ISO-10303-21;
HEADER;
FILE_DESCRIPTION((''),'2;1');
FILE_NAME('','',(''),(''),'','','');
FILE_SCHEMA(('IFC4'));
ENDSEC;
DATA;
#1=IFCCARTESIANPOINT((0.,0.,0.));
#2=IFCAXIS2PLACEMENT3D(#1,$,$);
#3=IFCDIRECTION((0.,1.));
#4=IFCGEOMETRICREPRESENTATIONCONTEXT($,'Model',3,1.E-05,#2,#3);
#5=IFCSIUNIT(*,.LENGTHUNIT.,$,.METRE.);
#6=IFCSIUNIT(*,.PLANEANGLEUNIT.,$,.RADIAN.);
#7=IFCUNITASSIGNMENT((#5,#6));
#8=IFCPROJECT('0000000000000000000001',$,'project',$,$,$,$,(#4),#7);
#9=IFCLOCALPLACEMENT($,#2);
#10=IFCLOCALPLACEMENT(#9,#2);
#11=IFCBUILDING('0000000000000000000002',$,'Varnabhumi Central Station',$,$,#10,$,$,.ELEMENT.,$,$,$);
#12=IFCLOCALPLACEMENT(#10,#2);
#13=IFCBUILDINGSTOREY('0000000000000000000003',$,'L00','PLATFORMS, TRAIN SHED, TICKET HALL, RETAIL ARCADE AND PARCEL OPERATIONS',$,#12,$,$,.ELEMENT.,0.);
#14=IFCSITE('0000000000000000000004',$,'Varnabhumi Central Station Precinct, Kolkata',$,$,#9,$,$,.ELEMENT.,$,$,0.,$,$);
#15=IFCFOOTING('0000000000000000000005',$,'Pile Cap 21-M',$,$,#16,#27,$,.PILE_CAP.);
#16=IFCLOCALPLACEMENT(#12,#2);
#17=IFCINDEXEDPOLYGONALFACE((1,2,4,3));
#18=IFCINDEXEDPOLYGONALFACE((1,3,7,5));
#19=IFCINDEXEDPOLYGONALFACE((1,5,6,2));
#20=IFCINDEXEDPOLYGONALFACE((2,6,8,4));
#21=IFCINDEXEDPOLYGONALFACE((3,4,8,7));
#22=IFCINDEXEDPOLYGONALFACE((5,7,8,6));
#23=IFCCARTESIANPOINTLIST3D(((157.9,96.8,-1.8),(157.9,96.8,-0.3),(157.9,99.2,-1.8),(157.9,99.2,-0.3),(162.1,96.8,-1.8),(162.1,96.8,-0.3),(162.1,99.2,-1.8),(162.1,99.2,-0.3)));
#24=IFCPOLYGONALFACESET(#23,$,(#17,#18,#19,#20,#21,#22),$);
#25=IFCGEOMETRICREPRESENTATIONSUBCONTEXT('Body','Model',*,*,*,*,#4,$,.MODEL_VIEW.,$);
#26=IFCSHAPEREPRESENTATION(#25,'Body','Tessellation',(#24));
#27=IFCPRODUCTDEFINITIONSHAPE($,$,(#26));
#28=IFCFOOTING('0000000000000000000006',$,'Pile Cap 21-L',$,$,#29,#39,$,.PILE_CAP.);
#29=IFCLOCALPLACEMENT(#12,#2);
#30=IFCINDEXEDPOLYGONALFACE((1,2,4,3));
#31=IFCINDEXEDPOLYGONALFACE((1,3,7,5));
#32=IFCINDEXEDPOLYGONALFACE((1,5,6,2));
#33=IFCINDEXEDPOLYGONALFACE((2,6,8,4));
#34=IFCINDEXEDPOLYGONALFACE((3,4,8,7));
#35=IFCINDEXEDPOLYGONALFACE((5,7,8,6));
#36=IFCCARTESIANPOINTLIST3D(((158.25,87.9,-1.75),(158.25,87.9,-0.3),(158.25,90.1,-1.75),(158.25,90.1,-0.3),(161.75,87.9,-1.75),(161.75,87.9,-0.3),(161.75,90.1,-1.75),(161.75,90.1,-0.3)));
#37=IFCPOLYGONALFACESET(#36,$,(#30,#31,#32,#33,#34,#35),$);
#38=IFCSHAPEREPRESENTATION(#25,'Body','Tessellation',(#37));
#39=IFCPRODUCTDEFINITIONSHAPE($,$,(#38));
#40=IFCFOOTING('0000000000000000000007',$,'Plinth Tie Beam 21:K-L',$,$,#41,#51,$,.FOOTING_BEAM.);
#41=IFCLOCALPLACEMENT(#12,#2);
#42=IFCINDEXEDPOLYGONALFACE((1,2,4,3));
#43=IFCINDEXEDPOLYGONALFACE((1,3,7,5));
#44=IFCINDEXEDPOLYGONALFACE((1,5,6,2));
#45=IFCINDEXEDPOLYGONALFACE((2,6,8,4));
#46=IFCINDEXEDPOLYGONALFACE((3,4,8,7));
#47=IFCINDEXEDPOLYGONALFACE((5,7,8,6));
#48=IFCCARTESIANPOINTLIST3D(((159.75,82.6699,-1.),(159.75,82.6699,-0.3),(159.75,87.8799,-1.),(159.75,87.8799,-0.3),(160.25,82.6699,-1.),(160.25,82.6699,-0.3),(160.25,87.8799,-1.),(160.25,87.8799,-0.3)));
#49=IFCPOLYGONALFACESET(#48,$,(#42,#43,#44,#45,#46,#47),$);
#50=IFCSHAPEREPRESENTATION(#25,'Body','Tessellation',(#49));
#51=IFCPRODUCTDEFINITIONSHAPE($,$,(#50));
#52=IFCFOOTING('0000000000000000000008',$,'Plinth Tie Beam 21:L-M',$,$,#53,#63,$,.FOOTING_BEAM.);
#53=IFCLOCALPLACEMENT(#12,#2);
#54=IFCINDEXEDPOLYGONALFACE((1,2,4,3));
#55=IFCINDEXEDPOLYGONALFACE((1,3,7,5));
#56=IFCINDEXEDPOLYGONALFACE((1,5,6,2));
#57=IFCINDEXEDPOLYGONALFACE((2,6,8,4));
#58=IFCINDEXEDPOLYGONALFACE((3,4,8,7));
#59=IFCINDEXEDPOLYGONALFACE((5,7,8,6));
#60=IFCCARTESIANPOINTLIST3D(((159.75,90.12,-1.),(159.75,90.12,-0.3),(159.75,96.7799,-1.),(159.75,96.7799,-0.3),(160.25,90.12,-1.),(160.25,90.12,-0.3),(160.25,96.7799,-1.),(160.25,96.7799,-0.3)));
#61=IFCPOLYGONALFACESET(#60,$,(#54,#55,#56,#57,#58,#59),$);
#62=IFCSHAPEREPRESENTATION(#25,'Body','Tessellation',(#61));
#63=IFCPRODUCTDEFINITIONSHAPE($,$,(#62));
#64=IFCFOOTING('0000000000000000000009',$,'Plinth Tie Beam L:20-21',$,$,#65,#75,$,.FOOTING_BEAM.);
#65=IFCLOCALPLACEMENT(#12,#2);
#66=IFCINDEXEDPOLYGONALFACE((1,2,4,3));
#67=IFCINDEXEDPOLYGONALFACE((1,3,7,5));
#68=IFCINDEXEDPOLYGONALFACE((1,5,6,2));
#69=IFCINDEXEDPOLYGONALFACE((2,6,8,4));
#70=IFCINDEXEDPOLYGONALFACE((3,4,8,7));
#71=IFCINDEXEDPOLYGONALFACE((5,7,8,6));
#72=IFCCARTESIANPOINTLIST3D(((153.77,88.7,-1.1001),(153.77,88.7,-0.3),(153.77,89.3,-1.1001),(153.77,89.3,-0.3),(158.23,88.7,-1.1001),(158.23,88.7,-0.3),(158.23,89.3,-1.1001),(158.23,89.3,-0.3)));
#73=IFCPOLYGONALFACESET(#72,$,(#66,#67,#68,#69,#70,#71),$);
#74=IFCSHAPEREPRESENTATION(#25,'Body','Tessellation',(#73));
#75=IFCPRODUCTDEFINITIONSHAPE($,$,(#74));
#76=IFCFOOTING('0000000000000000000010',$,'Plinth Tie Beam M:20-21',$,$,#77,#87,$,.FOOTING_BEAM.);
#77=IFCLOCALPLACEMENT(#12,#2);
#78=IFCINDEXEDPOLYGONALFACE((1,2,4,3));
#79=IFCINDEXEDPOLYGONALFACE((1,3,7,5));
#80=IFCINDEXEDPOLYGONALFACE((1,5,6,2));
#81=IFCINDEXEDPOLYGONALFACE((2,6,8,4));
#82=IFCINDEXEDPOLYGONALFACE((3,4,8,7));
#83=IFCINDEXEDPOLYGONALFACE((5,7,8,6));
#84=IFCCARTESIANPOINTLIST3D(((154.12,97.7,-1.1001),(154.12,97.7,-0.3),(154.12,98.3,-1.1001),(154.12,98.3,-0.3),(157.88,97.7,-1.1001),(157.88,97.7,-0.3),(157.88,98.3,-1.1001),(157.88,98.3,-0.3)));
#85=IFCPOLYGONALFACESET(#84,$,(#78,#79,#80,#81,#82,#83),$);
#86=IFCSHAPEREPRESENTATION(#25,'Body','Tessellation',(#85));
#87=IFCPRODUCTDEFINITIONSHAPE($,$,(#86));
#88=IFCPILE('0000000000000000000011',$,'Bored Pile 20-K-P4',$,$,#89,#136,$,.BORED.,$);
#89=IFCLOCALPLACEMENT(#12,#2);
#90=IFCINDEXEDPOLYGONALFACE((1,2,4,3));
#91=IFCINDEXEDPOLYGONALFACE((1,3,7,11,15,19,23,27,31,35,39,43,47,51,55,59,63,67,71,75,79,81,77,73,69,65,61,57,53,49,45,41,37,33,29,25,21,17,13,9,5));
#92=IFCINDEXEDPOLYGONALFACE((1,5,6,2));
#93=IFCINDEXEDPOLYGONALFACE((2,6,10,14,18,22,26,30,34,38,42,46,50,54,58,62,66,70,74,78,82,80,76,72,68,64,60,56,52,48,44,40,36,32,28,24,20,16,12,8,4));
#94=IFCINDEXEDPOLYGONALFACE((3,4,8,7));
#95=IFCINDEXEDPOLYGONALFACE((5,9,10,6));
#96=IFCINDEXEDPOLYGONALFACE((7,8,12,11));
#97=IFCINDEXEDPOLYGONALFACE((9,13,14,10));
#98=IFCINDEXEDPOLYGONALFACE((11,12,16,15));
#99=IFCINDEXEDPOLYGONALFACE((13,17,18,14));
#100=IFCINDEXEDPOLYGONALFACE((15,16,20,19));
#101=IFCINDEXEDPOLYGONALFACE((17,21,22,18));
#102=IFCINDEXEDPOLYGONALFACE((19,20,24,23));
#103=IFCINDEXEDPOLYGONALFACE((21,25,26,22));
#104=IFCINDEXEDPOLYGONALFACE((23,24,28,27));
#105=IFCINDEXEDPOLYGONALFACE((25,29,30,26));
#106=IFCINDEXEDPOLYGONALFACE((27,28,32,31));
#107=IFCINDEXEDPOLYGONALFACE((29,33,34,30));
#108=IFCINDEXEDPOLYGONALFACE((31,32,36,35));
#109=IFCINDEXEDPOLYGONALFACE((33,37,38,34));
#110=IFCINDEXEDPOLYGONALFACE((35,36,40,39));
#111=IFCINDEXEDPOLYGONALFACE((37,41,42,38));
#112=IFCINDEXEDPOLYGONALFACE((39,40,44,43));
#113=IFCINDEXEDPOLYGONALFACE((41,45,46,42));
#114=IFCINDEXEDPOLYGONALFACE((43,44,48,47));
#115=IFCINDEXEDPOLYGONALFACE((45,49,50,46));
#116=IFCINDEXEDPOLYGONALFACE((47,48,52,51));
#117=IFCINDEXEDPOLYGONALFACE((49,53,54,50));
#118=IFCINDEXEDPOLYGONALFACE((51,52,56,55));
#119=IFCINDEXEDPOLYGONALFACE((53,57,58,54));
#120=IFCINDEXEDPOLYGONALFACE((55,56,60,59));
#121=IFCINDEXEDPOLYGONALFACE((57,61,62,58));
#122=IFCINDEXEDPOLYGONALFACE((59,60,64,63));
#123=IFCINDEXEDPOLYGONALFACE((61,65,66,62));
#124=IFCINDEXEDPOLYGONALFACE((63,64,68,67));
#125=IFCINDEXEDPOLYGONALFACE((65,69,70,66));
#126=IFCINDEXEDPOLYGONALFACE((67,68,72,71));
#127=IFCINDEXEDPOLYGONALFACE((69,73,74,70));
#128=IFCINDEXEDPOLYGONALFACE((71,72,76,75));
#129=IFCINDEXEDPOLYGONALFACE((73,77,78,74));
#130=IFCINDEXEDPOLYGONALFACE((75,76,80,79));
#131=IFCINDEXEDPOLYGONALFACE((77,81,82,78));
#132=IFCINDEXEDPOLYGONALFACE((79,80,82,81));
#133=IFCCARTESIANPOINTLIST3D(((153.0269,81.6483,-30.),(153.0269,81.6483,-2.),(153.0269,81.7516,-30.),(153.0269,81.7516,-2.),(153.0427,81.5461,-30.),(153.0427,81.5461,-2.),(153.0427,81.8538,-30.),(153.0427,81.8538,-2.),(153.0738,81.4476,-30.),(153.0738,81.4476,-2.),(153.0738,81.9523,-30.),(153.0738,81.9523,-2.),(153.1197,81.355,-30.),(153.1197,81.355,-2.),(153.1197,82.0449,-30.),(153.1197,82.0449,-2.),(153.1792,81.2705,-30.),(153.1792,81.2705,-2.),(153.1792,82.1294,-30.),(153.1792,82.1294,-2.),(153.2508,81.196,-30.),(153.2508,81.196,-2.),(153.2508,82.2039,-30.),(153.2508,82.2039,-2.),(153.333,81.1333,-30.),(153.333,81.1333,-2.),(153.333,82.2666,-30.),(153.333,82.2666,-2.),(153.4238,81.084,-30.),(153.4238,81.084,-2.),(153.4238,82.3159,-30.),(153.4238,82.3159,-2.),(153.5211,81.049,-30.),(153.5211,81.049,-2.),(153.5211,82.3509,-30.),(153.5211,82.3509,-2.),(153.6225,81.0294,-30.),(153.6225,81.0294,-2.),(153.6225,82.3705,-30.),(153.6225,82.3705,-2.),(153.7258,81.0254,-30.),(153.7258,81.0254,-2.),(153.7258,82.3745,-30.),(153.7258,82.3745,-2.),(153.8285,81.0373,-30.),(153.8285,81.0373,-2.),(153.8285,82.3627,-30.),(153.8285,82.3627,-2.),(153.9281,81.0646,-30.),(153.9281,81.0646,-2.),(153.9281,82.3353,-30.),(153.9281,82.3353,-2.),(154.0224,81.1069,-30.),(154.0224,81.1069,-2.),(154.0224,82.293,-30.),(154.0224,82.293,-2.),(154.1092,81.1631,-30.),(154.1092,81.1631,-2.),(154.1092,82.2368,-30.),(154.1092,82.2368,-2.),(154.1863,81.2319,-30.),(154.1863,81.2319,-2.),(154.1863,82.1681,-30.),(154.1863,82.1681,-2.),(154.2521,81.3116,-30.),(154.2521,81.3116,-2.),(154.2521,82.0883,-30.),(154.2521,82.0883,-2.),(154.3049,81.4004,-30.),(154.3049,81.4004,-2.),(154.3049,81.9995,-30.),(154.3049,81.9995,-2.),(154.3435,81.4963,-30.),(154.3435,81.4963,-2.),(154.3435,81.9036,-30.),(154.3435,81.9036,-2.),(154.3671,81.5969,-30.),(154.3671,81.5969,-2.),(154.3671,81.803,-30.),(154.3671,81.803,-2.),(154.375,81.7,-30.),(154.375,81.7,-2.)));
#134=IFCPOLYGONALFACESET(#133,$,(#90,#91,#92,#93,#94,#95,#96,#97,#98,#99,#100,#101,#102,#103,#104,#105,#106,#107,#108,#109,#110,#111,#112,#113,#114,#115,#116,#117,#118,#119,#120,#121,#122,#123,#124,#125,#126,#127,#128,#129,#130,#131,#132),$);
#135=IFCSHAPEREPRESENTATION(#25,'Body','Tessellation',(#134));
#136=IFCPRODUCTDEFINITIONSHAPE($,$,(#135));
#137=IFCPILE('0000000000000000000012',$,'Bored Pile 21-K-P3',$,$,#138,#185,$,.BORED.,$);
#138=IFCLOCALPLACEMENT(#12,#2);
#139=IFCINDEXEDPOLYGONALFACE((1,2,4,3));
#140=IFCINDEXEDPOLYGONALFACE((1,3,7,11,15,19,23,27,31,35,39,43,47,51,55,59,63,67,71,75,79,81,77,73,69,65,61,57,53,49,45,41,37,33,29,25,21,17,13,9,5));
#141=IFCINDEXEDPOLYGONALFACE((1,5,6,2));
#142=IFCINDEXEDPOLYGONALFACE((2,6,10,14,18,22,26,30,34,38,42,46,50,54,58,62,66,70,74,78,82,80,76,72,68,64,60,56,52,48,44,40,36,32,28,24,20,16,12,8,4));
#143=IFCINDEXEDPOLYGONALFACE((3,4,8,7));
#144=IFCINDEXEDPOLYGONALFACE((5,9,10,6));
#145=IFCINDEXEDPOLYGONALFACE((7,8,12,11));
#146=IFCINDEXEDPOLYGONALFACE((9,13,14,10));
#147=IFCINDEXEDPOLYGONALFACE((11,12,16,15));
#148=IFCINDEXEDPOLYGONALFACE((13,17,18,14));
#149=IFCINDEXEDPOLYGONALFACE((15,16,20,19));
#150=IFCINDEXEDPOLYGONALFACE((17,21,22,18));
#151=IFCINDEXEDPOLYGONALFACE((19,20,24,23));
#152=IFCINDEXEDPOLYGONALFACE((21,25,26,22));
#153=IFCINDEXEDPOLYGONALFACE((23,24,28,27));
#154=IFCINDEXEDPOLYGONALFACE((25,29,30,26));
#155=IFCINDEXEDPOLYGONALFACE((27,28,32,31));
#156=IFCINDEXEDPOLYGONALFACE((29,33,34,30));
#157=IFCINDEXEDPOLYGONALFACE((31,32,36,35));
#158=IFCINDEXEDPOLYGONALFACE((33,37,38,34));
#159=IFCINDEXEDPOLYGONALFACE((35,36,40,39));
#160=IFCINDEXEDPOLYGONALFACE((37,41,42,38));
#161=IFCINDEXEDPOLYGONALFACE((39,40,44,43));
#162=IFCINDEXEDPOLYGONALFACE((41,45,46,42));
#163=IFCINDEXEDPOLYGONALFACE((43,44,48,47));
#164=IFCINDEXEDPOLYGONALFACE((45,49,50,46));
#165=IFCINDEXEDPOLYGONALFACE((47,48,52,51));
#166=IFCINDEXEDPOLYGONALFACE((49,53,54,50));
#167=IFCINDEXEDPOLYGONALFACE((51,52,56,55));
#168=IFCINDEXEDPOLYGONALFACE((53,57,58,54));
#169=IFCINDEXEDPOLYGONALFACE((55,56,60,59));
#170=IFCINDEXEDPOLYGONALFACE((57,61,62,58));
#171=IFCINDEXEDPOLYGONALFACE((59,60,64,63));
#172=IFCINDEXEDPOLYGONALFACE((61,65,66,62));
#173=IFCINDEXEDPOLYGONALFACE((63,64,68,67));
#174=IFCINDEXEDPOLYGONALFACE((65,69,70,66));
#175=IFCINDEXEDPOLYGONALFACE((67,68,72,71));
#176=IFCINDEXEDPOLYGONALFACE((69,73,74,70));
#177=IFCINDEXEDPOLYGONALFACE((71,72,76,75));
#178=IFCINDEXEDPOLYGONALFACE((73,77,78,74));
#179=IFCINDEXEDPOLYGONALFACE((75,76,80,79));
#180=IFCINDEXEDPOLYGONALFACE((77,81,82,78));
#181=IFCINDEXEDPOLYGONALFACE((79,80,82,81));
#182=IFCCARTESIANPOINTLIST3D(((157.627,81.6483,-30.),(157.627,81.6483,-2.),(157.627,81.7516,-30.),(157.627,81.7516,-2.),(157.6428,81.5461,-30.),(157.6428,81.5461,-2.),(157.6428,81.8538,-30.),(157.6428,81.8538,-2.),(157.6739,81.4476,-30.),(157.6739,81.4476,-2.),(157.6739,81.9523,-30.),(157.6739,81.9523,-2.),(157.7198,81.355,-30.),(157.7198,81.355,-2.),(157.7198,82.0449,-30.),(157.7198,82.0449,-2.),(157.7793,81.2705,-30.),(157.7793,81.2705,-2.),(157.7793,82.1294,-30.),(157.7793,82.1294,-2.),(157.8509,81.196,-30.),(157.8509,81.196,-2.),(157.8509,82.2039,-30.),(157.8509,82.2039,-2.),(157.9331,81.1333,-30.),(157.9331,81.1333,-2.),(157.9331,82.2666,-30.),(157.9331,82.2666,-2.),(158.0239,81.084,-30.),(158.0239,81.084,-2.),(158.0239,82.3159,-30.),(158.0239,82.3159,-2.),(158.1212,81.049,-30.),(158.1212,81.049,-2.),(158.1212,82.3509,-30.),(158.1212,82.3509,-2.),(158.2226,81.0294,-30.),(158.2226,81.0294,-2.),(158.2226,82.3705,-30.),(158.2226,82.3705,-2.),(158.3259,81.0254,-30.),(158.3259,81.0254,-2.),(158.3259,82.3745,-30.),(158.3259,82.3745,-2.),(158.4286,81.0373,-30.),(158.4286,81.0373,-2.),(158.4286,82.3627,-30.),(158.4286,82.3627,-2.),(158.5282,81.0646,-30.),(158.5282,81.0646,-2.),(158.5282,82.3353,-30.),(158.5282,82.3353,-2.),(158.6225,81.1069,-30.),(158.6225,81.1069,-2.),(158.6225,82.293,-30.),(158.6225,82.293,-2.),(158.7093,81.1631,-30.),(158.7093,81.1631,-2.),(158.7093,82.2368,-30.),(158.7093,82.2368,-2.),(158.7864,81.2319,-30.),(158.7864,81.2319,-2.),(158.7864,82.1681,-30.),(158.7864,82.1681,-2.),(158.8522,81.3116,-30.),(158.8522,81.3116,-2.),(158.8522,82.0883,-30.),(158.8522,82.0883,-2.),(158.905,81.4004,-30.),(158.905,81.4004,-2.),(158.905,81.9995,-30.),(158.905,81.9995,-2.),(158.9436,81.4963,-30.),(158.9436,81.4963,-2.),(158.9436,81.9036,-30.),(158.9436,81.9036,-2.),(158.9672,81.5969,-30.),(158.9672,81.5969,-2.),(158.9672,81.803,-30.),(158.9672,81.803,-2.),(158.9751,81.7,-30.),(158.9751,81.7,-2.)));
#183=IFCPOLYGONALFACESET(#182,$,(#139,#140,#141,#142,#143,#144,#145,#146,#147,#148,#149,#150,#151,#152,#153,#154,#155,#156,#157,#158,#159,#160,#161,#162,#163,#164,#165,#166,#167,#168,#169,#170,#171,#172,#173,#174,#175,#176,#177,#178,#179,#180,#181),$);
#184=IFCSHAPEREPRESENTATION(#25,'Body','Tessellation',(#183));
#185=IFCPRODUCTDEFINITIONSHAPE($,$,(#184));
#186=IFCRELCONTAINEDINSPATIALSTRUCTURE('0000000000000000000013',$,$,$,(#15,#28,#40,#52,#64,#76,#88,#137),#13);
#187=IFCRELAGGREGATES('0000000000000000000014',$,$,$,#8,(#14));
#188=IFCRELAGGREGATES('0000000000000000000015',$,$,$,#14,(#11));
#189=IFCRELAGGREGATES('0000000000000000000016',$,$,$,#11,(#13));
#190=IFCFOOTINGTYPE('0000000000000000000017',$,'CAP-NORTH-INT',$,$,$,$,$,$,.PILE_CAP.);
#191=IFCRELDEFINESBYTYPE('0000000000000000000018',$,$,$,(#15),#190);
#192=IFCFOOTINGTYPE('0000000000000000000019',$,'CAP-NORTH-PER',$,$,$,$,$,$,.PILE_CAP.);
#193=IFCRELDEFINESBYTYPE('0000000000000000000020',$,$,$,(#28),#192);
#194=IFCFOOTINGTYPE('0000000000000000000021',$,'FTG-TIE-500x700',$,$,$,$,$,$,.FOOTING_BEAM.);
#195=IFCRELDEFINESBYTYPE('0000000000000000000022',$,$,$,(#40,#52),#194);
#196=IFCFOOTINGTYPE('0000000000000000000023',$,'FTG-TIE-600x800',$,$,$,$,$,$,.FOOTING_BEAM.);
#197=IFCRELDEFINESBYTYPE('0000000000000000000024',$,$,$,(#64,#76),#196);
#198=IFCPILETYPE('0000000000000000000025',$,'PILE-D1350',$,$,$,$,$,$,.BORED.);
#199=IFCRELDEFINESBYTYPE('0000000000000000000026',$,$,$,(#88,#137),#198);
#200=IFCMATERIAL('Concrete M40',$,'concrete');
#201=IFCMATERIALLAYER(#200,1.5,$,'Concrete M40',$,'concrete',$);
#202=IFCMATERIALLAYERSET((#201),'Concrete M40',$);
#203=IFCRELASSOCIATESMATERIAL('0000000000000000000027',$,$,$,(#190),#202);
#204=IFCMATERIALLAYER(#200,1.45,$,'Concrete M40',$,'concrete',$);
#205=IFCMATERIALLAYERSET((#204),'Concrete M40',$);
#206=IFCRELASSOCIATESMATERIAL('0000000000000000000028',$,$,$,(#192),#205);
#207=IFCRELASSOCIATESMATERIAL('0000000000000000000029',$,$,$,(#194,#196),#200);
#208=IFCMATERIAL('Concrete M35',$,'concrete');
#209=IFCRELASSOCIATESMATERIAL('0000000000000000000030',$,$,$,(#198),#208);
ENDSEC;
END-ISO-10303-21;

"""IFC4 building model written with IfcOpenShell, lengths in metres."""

from ifc_helpers import new_model, si_unit, direction, frame, origin, origin_2d, place, context, subcontext, project, spatial, rectangle, circle, extrude, material, layer, layer_set, material_profile, profile_set, type_object, element, save


model = new_model("IFC4")

# Units and contexts
model_context = context("Model", 3, precision=1e-05, world=origin(), true_north=direction((0.0, 1.0)))
body_context = subcontext(model_context, "Body", "Model", "MODEL_VIEW")
ifc_project = project(units=[si_unit("LENGTHUNIT", "METRE"), si_unit("PLANEANGLEUNIT", "RADIAN")], contexts=[model_context])

# Site, building, storey
site_placement = place(None, origin())
site = spatial("IfcSite", under=ifc_project, at=site_placement, Name="Varnabhumi Central Station Precinct, Kolkata", CompositionType="ELEMENT", RefElevation=0.0)
building_placement = place(site_placement, origin())
building = spatial("IfcBuilding", under=site, at=building_placement, Name="Varnabhumi Central Station", CompositionType="ELEMENT")
storey_placement = place(building_placement, origin())
storey = spatial("IfcBuildingStorey", under=building, at=storey_placement, Name="L00", Description="PLATFORMS, TRAIN SHED, TICKET HALL, RETAIL ARCADE AND PARCEL OPERATIONS", CompositionType="ELEMENT", Elevation=0.0)

# Footings
ifc_material_1 = material(Name="Concrete M40", Category="concrete")
ifc_layer_1 = layer(ifc_material_1, 1.5, Name="Concrete M40", Category="concrete")
ifc_layer_set_1 = layer_set([ifc_layer_1], Name="Concrete M40")
footing_type_1 = type_object("IfcFootingType", Name="CAP-NORTH-INT", PredefinedType="PILE_CAP", material=ifc_layer_set_1)
footing_1_placement = place(storey_placement, frame((160.0, 98.0, -1.8), z_axis=(0.0, 0.0, 1.0), x_axis=(1.0, 0.0, 0.0)))
element("IfcFooting", 1, at=footing_1_placement, inside=storey, type_object=footing_type_1, Name="Pile Cap 21-M", PredefinedType="PILE_CAP", context=body_context, shape_type="SweptSolid", body=[
    extrude(rectangle(XDim=4.2, YDim=2.3999, at=origin_2d()), origin(), (0.0, 0.0, 1.0), 1.5),
])
ifc_layer_2 = layer(ifc_material_1, 1.45, Name="Concrete M40", Category="concrete")
ifc_layer_set_2 = layer_set([ifc_layer_2], Name="Concrete M40")
footing_type_2 = type_object("IfcFootingType", Name="CAP-NORTH-PER", PredefinedType="PILE_CAP", material=ifc_layer_set_2)
footing_2_placement = place(storey_placement, frame((160.0, 89.0, -1.75), z_axis=(0.0, 0.0, 1.0), x_axis=(1.0, 0.0, 0.0)))
element("IfcFooting", 2, at=footing_2_placement, inside=storey, type_object=footing_type_2, Name="Pile Cap 21-L", PredefinedType="PILE_CAP", context=body_context, shape_type="SweptSolid", body=[
    extrude(rectangle(XDim=3.5, YDim=2.2, at=origin_2d()), origin(), (0.0, 0.0, 1.0), 1.45),
])
footing_type_3 = type_object("IfcFootingType", Name="FTG-TIE-500x700", PredefinedType="FOOTING_BEAM", material=ifc_material_1)
footing_3_placement = place(storey_placement, frame((160.0, 85.2749, -1.0), z_axis=(0.0, 0.0, 1.0), x_axis=(1.0, 0.0, 0.0)))
element("IfcFooting", 3, at=footing_3_placement, inside=storey, type_object=footing_type_3, Name="Plinth Tie Beam 21:K-L", PredefinedType="FOOTING_BEAM", context=body_context, shape_type="SweptSolid", body=[
    extrude(rectangle(XDim=0.5, YDim=5.21, at=origin_2d()), origin(), (0.0, 0.0, 1.0), 0.7),
])
footing_4_placement = place(storey_placement, frame((160.0, 93.45, -1.0), z_axis=(0.0, 0.0, 1.0), x_axis=(1.0, 0.0, 0.0)))
element("IfcFooting", 4, at=footing_4_placement, inside=storey, type_object=footing_type_3, Name="Plinth Tie Beam 21:L-M", PredefinedType="FOOTING_BEAM", context=body_context, shape_type="SweptSolid", body=[
    extrude(rectangle(XDim=0.5, YDim=6.6599, at=origin_2d()), origin(), (0.0, 0.0, 1.0), 0.7),
])
footing_type_4 = type_object("IfcFootingType", Name="FTG-TIE-600x800", PredefinedType="FOOTING_BEAM", material=ifc_material_1)
footing_5_placement = place(storey_placement, frame((156.0, 89.0, -1.1001), z_axis=(0.0, 0.0, 1.0), x_axis=(1.0, 0.0, 0.0)))
element("IfcFooting", 5, at=footing_5_placement, inside=storey, type_object=footing_type_4, Name="Plinth Tie Beam L:20-21", PredefinedType="FOOTING_BEAM", context=body_context, shape_type="SweptSolid", body=[
    extrude(rectangle(XDim=4.46, YDim=0.6001, at=origin_2d()), origin(), (0.0, 0.0, 1.0), 0.8),
])
footing_6_placement = place(storey_placement, frame((156.0, 98.0, -1.1001), z_axis=(0.0, 0.0, 1.0), x_axis=(1.0, 0.0, 0.0)))
element("IfcFooting", 6, at=footing_6_placement, inside=storey, type_object=footing_type_4, Name="Plinth Tie Beam M:20-21", PredefinedType="FOOTING_BEAM", context=body_context, shape_type="SweptSolid", body=[
    extrude(rectangle(XDim=3.76, YDim=0.6001, at=origin_2d()), origin(), (0.0, 0.0, 1.0), 0.8),
])

# Piles
ifc_material_2 = material(Name="Concrete M35", Category="concrete")
ifc_material_profile_1 = material_profile(ifc_material_2, circle(Radius=0.675, at=origin_2d()), Name="Concrete M35", Category="concrete")
ifc_profile_set_1 = profile_set([ifc_material_profile_1], Name="Concrete M35")
pile_type_1 = type_object("IfcPileType", Name="PILE-D1350", PredefinedType="BORED", material=ifc_profile_set_1)
for number, where, z_axis, x_axis, name in (
    (7, (153.7, 81.7, -2.0), (0.0, 0.0, -1.0), (1.0, 0.0, 0.0), "Bored Pile 20-K-P4"),
    (8, (158.3, 81.7, -2.0), (0.0, 0.0, -1.0), (1.0, 0.0, 0.0), "Bored Pile 21-K-P3"),
):
    element("IfcPile", number, at=place(storey_placement, frame(where, z_axis=z_axis, x_axis=x_axis)), inside=storey, type_object=pile_type_1, Name=name, PredefinedType="BORED", context=body_context, shape_type="SweptSolid", body=[
        extrude(circle(Radius=0.675, at=origin_2d()), origin(), (0.0, 0.0, 1.0), 28.0),
    ])

save(model, "model.ifc")
